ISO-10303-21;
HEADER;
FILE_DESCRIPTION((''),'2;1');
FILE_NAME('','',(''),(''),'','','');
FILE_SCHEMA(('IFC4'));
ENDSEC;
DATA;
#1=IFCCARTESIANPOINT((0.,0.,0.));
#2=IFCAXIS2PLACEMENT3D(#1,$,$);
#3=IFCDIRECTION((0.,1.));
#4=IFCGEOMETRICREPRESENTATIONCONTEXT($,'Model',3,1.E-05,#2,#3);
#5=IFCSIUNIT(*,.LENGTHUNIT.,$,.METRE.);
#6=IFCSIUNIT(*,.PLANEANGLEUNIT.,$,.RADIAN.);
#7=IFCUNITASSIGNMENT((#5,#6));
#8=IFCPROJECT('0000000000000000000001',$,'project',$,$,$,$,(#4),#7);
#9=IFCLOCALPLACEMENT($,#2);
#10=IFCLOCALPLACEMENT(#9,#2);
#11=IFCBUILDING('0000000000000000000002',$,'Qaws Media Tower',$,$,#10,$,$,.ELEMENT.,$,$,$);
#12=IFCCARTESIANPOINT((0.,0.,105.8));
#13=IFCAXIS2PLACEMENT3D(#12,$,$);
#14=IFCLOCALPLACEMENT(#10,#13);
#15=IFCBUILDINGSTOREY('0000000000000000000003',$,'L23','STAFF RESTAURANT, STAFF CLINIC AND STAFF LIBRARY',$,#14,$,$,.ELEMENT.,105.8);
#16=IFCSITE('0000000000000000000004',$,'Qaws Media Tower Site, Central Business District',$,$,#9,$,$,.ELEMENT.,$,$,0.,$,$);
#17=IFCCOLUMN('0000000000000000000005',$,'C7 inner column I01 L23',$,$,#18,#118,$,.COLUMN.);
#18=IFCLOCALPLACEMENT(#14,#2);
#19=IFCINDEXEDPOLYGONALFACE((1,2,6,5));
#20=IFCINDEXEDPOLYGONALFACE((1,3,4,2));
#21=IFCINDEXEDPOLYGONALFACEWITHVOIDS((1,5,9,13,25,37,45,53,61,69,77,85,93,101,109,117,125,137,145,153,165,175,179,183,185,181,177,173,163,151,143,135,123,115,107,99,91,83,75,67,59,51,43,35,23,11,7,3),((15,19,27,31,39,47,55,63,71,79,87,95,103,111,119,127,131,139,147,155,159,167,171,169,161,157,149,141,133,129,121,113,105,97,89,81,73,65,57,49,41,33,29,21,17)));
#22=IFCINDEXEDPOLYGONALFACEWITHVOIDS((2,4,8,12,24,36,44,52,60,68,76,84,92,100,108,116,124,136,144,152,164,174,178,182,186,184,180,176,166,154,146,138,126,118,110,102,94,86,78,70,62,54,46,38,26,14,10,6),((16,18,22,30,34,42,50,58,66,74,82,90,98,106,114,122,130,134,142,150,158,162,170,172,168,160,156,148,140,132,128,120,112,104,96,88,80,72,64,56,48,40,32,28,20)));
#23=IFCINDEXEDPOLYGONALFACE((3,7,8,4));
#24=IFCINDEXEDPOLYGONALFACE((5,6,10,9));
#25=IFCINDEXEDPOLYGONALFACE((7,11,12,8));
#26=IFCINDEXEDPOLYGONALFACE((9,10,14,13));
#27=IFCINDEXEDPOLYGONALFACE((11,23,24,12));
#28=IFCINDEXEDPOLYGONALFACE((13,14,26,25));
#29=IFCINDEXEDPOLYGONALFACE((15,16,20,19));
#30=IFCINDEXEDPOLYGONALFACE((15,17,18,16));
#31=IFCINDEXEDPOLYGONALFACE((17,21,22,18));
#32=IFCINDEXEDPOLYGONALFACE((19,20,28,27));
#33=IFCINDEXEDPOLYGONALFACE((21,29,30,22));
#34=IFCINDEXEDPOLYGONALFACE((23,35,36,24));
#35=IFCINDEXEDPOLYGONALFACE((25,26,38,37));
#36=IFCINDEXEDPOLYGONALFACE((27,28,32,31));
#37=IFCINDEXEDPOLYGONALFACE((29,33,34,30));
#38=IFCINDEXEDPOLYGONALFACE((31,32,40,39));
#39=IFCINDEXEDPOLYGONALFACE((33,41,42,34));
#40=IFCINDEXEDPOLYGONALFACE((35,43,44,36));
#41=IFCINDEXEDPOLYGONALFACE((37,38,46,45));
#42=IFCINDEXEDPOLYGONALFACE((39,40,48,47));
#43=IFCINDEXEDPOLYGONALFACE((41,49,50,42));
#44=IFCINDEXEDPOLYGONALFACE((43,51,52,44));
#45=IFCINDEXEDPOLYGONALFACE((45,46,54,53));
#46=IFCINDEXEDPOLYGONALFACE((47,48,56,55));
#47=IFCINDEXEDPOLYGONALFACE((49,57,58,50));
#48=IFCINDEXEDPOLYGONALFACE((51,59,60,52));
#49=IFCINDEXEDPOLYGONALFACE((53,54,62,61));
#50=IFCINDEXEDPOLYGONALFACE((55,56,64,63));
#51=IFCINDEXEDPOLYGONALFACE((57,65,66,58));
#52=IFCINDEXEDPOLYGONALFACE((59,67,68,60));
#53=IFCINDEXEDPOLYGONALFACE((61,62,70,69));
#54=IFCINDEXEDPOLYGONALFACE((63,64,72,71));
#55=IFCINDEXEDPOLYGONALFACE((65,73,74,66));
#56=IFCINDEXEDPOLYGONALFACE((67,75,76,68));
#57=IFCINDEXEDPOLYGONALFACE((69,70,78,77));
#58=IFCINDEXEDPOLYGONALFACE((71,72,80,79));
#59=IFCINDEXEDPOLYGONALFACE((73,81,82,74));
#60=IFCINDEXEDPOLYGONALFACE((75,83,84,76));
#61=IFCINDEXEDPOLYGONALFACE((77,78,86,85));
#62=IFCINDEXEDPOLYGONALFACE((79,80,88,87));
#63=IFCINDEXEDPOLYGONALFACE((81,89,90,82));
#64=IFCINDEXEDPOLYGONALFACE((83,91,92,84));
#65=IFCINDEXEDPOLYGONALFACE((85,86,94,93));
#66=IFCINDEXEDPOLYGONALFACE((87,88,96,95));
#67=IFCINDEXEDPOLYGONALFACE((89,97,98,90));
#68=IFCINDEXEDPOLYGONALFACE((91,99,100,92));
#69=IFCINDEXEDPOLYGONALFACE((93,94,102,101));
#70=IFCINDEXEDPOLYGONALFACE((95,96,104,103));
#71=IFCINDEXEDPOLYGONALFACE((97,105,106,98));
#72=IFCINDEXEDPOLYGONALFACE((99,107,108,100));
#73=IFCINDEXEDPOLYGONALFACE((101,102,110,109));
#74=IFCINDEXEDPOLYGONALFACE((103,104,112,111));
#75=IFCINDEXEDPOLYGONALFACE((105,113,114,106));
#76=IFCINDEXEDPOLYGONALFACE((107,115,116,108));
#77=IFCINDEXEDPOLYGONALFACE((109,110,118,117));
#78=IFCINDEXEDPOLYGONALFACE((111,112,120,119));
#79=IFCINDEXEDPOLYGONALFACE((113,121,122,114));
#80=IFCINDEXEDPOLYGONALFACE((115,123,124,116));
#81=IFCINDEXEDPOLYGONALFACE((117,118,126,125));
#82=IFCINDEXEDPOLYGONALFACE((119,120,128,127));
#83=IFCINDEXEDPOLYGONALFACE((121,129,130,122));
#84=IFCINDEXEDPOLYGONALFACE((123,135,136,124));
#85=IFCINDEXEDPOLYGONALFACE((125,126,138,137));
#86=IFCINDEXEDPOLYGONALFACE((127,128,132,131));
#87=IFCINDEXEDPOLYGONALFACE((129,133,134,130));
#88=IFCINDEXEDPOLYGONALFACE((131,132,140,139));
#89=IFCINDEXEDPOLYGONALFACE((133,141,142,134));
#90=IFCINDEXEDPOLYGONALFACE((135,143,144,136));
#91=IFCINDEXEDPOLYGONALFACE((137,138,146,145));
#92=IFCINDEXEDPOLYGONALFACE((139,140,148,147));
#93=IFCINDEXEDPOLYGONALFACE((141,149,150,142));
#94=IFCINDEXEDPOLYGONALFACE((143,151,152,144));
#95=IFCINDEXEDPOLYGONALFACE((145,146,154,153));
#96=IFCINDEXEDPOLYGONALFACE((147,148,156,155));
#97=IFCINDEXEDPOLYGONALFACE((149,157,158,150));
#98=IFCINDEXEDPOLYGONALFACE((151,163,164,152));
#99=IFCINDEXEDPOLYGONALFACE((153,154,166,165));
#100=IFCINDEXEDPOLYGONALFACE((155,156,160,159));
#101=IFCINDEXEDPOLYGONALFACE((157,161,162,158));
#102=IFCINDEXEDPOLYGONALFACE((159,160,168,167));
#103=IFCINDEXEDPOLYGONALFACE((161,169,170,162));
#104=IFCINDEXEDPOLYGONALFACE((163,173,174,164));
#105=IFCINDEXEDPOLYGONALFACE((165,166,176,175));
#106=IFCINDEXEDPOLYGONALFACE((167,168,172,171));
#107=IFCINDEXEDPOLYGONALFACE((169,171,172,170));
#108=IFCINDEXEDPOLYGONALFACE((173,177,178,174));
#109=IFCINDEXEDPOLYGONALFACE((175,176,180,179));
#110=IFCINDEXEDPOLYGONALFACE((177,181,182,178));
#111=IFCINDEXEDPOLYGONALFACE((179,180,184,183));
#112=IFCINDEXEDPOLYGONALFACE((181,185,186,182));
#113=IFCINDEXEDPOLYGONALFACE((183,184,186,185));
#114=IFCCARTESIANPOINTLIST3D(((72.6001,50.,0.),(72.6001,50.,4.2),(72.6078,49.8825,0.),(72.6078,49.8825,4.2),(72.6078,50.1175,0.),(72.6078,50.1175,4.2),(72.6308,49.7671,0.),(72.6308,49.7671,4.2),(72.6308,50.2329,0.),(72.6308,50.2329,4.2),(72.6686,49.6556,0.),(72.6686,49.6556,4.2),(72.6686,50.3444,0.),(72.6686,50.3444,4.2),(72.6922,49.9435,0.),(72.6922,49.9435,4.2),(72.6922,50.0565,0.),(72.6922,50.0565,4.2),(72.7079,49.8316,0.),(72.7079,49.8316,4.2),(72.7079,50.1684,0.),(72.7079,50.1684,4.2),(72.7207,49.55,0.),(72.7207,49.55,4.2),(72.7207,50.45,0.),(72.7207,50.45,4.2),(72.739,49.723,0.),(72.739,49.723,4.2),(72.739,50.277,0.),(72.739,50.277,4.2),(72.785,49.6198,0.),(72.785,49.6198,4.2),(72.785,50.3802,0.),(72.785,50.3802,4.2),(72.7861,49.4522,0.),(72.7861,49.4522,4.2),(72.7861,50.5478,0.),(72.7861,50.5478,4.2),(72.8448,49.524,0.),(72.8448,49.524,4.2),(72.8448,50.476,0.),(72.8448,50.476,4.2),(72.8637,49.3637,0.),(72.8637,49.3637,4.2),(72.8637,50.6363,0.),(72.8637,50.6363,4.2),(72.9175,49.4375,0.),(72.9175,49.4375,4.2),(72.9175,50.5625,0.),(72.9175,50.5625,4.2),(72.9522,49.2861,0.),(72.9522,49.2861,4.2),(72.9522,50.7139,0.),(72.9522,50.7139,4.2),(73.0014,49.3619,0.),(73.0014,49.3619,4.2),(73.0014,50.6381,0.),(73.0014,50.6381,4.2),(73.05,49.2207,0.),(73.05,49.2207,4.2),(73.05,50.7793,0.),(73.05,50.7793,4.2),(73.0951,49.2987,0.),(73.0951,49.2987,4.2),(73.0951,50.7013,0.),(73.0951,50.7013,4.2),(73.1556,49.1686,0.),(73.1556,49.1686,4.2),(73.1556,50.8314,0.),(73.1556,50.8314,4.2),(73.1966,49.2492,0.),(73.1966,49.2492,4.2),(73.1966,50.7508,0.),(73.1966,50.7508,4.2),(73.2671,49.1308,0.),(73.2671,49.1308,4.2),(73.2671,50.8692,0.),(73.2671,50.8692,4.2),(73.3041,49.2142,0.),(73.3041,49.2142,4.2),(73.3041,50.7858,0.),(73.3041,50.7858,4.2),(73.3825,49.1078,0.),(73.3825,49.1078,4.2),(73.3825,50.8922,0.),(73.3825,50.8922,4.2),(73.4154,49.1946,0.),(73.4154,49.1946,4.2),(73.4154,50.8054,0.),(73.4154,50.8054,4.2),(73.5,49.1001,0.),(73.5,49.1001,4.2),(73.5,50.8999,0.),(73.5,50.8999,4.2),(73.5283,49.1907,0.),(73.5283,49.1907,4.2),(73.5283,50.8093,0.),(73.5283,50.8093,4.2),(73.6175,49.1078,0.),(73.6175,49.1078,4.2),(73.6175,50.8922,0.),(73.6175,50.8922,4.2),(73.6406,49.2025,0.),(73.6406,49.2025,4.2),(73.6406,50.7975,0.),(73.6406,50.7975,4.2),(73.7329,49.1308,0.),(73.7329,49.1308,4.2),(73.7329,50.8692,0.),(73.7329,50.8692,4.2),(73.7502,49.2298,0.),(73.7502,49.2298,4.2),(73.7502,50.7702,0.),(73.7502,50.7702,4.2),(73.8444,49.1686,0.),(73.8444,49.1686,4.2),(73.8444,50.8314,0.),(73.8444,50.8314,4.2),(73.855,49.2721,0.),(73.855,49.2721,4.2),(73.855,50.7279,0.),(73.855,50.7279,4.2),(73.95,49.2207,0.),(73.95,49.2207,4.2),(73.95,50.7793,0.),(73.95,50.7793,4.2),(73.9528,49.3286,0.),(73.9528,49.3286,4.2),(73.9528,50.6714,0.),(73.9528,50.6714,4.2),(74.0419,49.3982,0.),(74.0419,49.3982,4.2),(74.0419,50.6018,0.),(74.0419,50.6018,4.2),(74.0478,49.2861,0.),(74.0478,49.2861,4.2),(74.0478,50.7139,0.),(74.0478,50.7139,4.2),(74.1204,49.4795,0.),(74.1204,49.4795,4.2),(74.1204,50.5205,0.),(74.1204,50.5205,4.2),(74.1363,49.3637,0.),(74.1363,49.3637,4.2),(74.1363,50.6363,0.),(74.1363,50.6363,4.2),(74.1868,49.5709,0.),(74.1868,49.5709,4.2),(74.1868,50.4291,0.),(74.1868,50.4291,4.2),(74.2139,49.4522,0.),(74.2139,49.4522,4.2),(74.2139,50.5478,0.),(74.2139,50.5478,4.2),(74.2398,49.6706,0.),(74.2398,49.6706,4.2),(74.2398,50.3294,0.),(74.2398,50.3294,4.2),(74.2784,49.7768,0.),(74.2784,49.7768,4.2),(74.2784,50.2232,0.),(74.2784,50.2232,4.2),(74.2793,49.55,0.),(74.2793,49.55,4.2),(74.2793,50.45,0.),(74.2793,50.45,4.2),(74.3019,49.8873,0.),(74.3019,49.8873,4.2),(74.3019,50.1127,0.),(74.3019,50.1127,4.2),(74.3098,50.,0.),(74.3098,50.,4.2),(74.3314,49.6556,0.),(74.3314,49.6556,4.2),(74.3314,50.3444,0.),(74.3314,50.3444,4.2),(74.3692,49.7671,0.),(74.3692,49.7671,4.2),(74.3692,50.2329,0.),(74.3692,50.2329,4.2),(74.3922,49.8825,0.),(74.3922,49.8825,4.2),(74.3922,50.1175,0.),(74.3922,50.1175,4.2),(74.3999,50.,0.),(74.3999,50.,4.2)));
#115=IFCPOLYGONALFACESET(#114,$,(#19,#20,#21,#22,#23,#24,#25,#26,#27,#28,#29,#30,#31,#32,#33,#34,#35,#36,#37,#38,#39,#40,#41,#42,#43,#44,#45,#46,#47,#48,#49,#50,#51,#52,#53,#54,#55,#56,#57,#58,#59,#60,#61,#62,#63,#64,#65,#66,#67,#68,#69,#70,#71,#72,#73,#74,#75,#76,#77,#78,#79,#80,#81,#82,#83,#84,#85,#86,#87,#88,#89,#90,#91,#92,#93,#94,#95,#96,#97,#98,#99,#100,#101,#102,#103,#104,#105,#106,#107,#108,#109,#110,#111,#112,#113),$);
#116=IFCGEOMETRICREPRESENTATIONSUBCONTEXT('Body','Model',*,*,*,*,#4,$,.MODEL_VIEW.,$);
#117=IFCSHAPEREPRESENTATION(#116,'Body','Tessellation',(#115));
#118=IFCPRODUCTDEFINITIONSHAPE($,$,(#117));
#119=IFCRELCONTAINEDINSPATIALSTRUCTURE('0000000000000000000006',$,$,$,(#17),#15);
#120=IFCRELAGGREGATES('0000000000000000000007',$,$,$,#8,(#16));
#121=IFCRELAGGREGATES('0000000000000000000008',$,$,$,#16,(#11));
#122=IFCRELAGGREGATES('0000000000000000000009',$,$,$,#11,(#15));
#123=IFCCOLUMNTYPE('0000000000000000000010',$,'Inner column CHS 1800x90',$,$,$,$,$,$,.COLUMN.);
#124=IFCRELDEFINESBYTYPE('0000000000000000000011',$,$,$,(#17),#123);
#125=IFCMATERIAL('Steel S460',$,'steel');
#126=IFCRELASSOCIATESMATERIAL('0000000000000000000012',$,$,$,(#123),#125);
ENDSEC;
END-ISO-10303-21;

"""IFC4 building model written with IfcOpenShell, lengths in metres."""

from ifc_helpers import new_model, si_unit, direction, frame, origin, origin_2d, place, context, subcontext, project, spatial, hollow_circle, extrude, material, material_profile, profile_set, type_object, element, save


model = new_model("IFC4")

# Units and contexts
model_context = context("Model", 3, precision=1e-05, world=origin(), true_north=direction((0.0, 1.0)))
body_context = subcontext(model_context, "Body", "Model", "MODEL_VIEW")
ifc_project = project(units=[si_unit("LENGTHUNIT", "METRE"), si_unit("PLANEANGLEUNIT", "RADIAN")], contexts=[model_context])

# Site, building, storey
site_placement = place(None, origin())
site = spatial("IfcSite", under=ifc_project, at=site_placement, Name="Qaws Media Tower Site, Central Business District", CompositionType="ELEMENT", RefElevation=0.0)
building_placement = place(site_placement, origin())
building = spatial("IfcBuilding", under=site, at=building_placement, Name="Qaws Media Tower", CompositionType="ELEMENT")
storey_placement = place(building_placement, frame((0.0, 0.0, 105.8)))
storey = spatial("IfcBuildingStorey", under=building, at=storey_placement, Name="L23", Description="STAFF RESTAURANT, STAFF CLINIC AND STAFF LIBRARY", CompositionType="ELEMENT", Elevation=105.8)

# Column
ifc_material_1 = material(Name="Steel S460", Category="steel")
ifc_material_profile_1 = material_profile(ifc_material_1, hollow_circle(Radius=0.8999, WallThickness=0.0901, at=origin_2d()), Name="CHS 1800x90")
ifc_profile_set_1 = profile_set([ifc_material_profile_1], Name="Steel S460")
column_type = type_object("IfcColumnType", Name="Inner column CHS 1800x90", PredefinedType="COLUMN", material=ifc_profile_set_1)
for number, where, z_axis, x_axis, name in (
    (1, (73.5, 50.0, 0.0), (0.0, 0.0, 1.0), (1.0, 0.0, 0.0), "C7 inner column I01 L23"),
):
    element("IfcColumn", number, at=place(storey_placement, frame(where, z_axis=z_axis, x_axis=x_axis)), inside=storey, type_object=column_type, Name=name, PredefinedType="COLUMN", context=body_context, shape_type="SweptSolid", body=[
        extrude(hollow_circle(Radius=0.8999, WallThickness=0.0901, at=origin_2d()), origin(), (0.0, 0.0, 1.0), 4.2),
    ])

save(model, "model.ifc")
